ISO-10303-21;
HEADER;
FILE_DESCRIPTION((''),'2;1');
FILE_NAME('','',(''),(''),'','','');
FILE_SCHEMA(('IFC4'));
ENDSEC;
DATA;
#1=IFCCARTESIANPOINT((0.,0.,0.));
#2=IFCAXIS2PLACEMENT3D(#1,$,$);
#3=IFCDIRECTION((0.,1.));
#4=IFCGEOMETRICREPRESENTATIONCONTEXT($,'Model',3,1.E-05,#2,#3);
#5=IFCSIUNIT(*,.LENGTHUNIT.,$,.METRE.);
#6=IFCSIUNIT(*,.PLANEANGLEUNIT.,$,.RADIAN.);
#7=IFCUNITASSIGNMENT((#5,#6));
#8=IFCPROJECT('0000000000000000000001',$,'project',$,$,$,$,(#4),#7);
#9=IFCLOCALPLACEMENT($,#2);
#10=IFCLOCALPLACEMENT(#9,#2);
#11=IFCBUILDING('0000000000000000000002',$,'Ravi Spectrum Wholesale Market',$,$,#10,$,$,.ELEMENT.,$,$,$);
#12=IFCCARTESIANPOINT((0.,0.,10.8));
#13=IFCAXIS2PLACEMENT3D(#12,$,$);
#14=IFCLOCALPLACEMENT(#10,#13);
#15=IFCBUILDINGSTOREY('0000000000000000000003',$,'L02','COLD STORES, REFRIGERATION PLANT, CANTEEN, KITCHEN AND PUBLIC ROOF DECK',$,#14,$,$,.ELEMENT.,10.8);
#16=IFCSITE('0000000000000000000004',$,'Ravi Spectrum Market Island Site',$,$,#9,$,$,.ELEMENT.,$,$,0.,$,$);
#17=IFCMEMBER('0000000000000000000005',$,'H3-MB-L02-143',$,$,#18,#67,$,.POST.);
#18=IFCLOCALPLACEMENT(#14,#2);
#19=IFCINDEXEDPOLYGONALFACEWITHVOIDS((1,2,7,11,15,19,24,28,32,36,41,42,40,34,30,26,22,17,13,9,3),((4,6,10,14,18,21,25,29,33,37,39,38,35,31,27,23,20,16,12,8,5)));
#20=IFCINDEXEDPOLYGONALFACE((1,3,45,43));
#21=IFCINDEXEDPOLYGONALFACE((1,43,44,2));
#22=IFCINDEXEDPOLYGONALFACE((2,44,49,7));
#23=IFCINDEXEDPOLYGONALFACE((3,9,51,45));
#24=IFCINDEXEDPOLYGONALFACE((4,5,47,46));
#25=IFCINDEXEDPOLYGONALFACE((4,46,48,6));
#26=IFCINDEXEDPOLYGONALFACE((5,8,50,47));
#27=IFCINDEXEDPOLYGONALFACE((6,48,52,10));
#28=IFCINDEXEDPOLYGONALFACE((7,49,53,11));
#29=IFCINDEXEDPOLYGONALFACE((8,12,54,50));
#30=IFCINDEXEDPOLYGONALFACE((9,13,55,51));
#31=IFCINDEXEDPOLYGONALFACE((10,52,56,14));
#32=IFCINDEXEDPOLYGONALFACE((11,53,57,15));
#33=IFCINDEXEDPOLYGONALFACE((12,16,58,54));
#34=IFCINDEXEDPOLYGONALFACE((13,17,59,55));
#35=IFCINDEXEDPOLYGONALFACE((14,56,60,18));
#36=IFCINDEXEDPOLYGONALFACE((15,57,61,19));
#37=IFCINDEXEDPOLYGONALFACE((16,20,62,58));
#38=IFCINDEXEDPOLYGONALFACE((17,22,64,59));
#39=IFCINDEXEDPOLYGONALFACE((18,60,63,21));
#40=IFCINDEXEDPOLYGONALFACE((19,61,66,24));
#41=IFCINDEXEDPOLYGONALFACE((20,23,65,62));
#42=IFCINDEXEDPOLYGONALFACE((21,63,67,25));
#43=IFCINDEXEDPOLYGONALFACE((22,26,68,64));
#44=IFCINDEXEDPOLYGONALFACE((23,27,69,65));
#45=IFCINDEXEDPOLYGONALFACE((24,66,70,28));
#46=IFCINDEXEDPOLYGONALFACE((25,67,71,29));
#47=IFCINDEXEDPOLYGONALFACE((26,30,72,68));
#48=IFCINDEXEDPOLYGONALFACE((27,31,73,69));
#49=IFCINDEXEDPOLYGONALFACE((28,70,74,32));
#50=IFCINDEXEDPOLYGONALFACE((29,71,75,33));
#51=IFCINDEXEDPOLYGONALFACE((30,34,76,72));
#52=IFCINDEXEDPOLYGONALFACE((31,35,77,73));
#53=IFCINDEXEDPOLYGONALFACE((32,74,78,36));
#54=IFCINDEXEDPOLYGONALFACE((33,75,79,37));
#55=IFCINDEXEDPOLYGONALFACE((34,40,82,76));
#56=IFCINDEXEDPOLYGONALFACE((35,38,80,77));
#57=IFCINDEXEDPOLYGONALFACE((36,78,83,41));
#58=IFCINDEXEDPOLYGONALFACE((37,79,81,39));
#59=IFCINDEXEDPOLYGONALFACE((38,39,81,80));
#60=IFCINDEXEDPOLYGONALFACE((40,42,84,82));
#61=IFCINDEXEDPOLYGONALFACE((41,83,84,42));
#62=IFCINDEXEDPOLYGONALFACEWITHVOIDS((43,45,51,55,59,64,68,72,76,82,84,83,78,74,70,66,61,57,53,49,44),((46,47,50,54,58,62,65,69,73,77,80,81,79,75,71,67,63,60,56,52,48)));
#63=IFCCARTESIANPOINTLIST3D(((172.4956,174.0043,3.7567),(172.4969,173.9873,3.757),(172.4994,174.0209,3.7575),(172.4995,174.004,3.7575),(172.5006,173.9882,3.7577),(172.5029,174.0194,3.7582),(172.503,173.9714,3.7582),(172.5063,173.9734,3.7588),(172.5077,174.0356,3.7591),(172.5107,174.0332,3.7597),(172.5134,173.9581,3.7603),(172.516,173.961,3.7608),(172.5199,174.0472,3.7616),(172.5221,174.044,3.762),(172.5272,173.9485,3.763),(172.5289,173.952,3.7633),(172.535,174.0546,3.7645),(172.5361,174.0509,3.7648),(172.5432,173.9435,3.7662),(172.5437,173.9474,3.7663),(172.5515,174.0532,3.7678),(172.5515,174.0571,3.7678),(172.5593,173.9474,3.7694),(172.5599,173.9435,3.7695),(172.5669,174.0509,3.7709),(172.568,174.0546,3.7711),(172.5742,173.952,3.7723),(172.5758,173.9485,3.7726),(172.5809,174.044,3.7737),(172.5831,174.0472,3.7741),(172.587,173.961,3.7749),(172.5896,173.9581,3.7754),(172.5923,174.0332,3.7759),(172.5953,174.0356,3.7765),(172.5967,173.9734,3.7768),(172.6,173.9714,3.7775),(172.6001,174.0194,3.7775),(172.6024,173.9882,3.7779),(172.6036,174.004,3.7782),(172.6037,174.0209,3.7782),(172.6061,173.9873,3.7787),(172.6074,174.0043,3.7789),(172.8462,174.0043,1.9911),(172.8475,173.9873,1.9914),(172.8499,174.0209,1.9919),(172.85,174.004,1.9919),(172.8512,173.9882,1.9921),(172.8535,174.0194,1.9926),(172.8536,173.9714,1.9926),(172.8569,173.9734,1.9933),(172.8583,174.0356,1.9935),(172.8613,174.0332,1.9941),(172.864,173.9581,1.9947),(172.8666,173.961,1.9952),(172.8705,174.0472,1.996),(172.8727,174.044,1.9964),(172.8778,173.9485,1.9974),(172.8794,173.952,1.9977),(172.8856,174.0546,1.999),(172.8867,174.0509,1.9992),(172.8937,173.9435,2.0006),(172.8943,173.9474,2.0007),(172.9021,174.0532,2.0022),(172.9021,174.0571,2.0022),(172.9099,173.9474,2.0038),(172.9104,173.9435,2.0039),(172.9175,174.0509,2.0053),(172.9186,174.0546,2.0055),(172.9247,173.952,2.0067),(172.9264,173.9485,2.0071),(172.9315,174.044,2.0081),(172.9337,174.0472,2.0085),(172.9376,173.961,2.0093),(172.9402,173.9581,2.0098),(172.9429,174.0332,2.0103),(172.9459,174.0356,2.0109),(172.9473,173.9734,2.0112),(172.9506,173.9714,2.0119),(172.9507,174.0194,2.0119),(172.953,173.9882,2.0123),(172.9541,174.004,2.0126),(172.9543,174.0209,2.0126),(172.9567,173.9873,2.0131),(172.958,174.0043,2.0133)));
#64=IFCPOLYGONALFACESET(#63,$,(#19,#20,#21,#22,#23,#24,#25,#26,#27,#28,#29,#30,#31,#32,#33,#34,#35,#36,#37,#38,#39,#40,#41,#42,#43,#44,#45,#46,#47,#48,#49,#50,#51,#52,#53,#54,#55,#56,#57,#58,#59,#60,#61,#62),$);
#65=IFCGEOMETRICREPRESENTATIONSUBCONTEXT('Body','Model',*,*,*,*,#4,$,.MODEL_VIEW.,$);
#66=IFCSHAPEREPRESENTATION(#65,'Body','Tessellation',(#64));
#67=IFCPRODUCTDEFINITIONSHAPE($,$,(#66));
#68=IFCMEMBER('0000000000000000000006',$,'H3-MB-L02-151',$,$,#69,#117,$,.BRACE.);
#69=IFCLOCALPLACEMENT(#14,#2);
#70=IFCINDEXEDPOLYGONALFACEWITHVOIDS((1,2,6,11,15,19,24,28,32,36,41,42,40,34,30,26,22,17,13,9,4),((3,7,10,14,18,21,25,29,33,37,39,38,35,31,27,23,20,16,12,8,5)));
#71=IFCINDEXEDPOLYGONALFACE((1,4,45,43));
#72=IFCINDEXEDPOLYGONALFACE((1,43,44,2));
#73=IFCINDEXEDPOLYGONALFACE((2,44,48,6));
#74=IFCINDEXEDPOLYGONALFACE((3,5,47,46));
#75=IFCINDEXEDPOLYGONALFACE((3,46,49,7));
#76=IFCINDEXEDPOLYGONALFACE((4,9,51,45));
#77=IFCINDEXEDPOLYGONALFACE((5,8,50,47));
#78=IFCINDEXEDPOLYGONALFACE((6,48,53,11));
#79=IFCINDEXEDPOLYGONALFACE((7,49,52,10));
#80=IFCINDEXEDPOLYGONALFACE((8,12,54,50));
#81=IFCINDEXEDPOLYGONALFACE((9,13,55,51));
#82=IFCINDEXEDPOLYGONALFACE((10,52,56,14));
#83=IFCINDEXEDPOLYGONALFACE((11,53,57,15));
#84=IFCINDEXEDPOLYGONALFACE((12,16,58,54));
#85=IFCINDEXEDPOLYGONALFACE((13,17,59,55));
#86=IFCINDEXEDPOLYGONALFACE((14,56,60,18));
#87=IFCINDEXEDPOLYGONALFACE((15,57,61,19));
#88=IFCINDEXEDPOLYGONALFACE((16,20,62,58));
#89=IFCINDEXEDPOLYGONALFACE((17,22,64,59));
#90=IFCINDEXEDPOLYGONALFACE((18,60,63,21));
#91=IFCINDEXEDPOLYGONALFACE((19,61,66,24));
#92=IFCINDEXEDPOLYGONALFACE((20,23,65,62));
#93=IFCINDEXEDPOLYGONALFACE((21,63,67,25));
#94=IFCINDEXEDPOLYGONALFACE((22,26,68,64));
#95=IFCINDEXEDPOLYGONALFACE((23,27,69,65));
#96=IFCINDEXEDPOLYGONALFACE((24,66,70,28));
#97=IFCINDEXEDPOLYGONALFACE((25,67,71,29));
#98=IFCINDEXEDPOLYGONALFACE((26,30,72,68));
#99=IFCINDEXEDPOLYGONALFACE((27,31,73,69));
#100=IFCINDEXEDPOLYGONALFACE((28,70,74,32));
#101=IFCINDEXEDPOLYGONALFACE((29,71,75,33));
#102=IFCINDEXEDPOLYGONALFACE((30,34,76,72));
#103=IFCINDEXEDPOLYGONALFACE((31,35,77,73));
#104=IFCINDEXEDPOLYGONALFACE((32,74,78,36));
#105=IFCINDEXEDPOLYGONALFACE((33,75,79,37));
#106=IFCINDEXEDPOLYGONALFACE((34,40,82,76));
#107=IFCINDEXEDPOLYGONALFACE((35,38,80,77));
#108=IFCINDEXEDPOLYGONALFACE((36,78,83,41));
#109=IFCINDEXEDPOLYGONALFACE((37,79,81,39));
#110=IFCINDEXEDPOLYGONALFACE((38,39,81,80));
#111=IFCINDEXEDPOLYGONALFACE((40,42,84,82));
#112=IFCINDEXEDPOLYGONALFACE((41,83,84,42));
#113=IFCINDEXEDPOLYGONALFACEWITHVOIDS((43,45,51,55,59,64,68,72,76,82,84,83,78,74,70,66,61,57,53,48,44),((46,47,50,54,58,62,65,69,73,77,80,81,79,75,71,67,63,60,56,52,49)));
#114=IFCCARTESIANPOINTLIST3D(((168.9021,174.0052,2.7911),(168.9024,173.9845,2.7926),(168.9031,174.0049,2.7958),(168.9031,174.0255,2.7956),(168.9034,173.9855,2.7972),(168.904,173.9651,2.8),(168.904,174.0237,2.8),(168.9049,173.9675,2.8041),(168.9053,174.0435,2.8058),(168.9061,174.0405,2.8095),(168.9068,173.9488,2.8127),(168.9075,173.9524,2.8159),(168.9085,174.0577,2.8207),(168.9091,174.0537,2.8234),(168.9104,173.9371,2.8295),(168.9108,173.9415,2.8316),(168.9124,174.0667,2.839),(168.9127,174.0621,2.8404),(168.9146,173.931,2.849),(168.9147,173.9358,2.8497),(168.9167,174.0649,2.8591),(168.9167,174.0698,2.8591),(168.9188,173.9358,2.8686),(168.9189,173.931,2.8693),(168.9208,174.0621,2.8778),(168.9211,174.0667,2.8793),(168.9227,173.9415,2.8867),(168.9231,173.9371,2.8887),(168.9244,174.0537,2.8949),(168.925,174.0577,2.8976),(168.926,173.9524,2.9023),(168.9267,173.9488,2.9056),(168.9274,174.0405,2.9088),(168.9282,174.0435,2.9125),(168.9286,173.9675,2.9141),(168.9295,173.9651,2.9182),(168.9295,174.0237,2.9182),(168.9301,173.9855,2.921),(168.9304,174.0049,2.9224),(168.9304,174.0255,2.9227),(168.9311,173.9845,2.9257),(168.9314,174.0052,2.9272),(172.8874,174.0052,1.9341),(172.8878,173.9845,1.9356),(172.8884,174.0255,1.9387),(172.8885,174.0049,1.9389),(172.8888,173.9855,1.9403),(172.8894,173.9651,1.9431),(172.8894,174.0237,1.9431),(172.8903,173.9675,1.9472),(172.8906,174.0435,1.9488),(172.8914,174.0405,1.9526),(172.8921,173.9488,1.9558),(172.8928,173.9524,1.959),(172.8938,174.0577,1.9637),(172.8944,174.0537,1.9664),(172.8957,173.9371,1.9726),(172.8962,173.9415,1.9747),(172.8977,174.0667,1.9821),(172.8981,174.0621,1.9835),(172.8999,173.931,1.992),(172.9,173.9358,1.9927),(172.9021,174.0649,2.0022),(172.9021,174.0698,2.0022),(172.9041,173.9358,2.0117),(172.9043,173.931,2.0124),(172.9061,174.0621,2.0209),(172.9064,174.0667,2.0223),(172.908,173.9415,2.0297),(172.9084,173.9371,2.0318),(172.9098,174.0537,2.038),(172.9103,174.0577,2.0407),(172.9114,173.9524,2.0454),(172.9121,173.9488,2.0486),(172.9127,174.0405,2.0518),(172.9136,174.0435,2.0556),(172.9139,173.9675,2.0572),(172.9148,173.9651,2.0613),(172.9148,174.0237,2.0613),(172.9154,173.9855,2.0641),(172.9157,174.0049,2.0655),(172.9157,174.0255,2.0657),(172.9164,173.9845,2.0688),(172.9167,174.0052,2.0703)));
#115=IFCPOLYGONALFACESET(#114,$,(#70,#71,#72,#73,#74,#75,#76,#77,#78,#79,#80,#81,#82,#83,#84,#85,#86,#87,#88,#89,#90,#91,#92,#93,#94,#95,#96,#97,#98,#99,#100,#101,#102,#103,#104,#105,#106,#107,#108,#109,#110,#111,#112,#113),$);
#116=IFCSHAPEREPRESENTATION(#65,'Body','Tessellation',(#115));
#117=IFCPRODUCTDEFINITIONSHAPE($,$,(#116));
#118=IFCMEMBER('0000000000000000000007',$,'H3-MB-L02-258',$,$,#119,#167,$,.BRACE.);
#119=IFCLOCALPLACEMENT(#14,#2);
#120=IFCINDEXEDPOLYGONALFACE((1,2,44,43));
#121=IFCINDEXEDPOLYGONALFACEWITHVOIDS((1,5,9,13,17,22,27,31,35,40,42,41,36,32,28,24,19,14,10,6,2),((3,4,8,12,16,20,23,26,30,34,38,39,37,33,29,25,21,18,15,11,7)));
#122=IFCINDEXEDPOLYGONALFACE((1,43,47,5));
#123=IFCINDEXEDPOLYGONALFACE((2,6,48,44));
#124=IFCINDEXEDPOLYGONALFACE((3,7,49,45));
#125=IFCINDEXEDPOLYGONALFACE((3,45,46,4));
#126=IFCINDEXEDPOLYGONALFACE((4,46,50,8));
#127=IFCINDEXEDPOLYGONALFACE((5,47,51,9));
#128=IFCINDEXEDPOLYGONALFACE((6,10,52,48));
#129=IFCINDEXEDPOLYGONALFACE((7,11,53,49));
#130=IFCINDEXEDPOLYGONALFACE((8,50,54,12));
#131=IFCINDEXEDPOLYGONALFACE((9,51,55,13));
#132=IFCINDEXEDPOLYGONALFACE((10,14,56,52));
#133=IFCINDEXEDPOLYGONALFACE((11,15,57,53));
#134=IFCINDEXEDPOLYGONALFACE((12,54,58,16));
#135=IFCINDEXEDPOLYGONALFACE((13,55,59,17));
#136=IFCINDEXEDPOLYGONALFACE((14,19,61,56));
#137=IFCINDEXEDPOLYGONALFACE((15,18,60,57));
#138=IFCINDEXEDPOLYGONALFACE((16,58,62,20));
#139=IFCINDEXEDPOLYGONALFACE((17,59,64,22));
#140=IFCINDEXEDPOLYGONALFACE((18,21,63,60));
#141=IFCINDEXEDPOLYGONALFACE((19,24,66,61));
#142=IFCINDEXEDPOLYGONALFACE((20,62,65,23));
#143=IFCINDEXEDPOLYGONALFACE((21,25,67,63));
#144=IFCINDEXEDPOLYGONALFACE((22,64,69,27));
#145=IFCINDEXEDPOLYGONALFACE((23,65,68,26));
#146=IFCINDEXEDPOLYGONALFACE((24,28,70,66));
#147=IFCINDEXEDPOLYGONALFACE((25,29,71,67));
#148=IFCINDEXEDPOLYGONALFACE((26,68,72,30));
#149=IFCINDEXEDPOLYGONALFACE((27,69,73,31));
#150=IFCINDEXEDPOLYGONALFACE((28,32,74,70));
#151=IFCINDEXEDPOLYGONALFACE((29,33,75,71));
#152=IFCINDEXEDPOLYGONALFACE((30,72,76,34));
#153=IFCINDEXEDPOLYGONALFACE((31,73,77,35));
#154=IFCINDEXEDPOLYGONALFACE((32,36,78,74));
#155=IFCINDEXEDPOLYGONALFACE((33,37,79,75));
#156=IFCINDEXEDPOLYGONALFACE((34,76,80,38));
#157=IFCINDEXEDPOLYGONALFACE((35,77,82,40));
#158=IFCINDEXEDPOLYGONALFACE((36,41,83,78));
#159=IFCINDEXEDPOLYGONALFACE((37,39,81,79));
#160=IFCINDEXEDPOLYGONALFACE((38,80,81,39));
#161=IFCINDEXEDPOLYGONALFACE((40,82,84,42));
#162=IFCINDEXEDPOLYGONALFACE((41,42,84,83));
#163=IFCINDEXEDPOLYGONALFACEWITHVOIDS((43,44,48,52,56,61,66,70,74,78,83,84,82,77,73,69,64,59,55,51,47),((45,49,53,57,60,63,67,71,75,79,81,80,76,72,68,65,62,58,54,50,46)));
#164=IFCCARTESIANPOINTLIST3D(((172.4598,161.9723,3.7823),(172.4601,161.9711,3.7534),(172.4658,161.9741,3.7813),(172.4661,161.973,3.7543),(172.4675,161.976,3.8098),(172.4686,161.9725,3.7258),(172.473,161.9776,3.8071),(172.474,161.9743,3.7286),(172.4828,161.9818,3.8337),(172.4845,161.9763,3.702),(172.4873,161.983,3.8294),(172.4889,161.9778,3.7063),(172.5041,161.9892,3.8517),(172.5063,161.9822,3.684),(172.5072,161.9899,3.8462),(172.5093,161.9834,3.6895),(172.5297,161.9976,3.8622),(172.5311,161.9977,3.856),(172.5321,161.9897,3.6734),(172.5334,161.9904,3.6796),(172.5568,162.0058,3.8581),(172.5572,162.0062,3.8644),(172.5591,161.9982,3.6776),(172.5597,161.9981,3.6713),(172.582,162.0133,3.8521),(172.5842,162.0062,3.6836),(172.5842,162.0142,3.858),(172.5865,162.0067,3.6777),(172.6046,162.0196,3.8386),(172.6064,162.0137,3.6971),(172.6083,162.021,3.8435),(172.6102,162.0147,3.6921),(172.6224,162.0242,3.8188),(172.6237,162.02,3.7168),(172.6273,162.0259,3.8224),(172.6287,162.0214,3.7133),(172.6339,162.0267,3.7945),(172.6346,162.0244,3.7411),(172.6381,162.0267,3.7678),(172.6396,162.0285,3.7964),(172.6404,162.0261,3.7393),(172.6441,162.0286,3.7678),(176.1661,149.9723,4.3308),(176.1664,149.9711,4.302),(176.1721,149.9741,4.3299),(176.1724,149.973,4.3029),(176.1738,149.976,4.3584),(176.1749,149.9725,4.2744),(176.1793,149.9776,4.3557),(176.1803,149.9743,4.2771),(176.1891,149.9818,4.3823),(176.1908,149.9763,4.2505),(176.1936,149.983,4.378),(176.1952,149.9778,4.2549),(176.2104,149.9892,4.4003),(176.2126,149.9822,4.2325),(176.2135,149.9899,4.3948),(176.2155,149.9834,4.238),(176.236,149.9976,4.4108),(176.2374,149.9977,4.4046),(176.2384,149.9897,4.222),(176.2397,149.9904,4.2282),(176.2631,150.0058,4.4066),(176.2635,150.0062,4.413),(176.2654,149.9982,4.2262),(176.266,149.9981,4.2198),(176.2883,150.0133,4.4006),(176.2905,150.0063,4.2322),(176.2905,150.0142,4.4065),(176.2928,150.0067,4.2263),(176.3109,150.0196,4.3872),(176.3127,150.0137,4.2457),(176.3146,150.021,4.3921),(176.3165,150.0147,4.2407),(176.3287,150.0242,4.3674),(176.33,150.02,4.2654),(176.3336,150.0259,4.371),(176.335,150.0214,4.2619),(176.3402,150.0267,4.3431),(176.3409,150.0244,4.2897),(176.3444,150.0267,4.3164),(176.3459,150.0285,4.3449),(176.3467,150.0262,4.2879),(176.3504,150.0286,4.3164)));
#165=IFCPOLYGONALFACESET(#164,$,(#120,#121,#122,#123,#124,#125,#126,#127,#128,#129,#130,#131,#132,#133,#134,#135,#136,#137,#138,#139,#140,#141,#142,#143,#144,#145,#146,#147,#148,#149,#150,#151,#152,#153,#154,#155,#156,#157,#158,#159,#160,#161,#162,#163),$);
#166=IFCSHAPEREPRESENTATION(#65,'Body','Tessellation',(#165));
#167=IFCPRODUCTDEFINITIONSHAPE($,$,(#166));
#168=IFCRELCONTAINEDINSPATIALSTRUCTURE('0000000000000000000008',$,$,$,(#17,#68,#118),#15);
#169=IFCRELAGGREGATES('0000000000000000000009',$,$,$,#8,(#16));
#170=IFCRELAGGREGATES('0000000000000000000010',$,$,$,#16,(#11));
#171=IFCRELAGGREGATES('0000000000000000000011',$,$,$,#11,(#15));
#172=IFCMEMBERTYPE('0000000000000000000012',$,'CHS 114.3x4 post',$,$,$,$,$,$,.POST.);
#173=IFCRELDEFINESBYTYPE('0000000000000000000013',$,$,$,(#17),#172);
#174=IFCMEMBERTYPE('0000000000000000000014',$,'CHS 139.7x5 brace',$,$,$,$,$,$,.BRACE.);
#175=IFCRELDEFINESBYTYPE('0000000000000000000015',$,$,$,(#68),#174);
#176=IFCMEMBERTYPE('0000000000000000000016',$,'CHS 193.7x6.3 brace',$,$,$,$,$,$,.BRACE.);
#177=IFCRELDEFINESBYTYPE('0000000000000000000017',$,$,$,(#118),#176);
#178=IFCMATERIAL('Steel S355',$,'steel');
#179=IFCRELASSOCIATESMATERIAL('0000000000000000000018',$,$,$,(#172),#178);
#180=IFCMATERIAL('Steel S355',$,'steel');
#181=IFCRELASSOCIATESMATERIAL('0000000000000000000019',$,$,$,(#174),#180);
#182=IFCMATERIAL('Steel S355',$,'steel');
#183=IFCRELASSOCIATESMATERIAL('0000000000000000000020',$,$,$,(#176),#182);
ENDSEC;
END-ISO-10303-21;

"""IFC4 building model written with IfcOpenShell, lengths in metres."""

from ifc_helpers import new_model, si_unit, direction, frame, origin, origin_2d, place, context, subcontext, project, spatial, hollow_circle, extrude, material, material_profile, profile_set, type_object, element, save


model = new_model("IFC4")

# Units and contexts
model_context = context("Model", 3, precision=1e-05, world=origin(), true_north=direction((0.0, 1.0)))
body_context = subcontext(model_context, "Body", "Model", "MODEL_VIEW")
ifc_project = project(units=[si_unit("LENGTHUNIT", "METRE"), si_unit("PLANEANGLEUNIT", "RADIAN")], contexts=[model_context])

# Site, building, storey
site_placement = place(None, origin())
site = spatial("IfcSite", under=ifc_project, at=site_placement, Name="Ravi Spectrum Market Island Site", CompositionType="ELEMENT", RefElevation=0.0)
building_placement = place(site_placement, origin())
building = spatial("IfcBuilding", under=site, at=building_placement, Name="Ravi Spectrum Wholesale Market", CompositionType="ELEMENT")
storey_placement = place(building_placement, frame((0.0, 0.0, 10.8)))
storey = spatial("IfcBuildingStorey", under=building, at=storey_placement, Name="L02", Description="COLD STORES, REFRIGERATION PLANT, CANTEEN, KITCHEN AND PUBLIC ROOF DECK", CompositionType="ELEMENT", Elevation=10.8)

# Members
ifc_material_1 = material(Name="Steel S355", Category="steel")
ifc_material_profile_1 = material_profile(ifc_material_1, hollow_circle(Radius=0.0571, WallThickness=0.0039, at=origin_2d()))
ifc_profile_set_1 = profile_set([ifc_material_profile_1], Name="Steel S355")
member_type_1 = type_object("IfcMemberType", Name="CHS 114.3x4 post", PredefinedType="POST", material=ifc_profile_set_1)
for number, where, z_axis, x_axis, name in (
    (1, (172.5515, 174.0, 3.7678), (0.19476, 0.0, -0.980851), (0.0, 1.0, 0.0), "H3-MB-L02-143"),
):
    element("IfcMember", number, at=place(storey_placement, frame(where, z_axis=z_axis, x_axis=x_axis)), inside=storey, type_object=member_type_1, Name=name, PredefinedType="POST", context=body_context, shape_type="SweptSolid", body=[
        extrude(hollow_circle(Radius=0.0571, WallThickness=0.0039, at=origin_2d()), origin(), (0.0, 0.0, 1.0), 1.8),
    ])
ifc_material_2 = material(Name="Steel S355", Category="steel")
ifc_material_profile_2 = material_profile(ifc_material_2, hollow_circle(Radius=0.0698, WallThickness=0.0049, at=origin_2d()))
ifc_profile_set_2 = profile_set([ifc_material_profile_2], Name="Steel S355")
member_type_2 = type_object("IfcMemberType", Name="CHS 139.7x5 brace", PredefinedType="BRACE", material=ifc_profile_set_2)
member_1_placement = place(storey_placement, frame((168.9167, 174.0, 2.8591), z_axis=(0.977655, 0.0, -0.210216), x_axis=(0.0, 1.0, 0.0)))
element("IfcMember", 2, at=member_1_placement, inside=storey, type_object=member_type_2, Name="H3-MB-L02-151", PredefinedType="BRACE", context=body_context, shape_type="SweptSolid", body=[
    extrude(hollow_circle(Radius=0.0698, WallThickness=0.0049, at=origin_2d()), origin(), (0.0, 0.0, 1.0), 4.0764),
])
ifc_material_3 = material(Name="Steel S355", Category="steel")
ifc_material_profile_3 = material_profile(ifc_material_3, hollow_circle(Radius=0.0969, WallThickness=0.0063, at=origin_2d()))
ifc_profile_set_3 = profile_set([ifc_material_profile_3], Name="Steel S355")
member_type_3 = type_object("IfcMemberType", Name="CHS 193.7x6.3 brace", PredefinedType="BRACE", material=ifc_profile_set_3)
member_2_placement = place(storey_placement, frame((172.5515, 162.0, 3.7678), z_axis=(0.294822, -0.954555, 0.043638), x_axis=(0.955465, 0.295103, 0.0)))
element("IfcMember", 3, at=member_2_placement, inside=storey, type_object=member_type_3, Name="H3-MB-L02-258", PredefinedType="BRACE", context=body_context, shape_type="SweptSolid", body=[
    extrude(hollow_circle(Radius=0.0969, WallThickness=0.0063, at=origin_2d()), origin(), (0.0, 0.0, 1.0), 12.5713),
])

save(model, "model.ifc")
